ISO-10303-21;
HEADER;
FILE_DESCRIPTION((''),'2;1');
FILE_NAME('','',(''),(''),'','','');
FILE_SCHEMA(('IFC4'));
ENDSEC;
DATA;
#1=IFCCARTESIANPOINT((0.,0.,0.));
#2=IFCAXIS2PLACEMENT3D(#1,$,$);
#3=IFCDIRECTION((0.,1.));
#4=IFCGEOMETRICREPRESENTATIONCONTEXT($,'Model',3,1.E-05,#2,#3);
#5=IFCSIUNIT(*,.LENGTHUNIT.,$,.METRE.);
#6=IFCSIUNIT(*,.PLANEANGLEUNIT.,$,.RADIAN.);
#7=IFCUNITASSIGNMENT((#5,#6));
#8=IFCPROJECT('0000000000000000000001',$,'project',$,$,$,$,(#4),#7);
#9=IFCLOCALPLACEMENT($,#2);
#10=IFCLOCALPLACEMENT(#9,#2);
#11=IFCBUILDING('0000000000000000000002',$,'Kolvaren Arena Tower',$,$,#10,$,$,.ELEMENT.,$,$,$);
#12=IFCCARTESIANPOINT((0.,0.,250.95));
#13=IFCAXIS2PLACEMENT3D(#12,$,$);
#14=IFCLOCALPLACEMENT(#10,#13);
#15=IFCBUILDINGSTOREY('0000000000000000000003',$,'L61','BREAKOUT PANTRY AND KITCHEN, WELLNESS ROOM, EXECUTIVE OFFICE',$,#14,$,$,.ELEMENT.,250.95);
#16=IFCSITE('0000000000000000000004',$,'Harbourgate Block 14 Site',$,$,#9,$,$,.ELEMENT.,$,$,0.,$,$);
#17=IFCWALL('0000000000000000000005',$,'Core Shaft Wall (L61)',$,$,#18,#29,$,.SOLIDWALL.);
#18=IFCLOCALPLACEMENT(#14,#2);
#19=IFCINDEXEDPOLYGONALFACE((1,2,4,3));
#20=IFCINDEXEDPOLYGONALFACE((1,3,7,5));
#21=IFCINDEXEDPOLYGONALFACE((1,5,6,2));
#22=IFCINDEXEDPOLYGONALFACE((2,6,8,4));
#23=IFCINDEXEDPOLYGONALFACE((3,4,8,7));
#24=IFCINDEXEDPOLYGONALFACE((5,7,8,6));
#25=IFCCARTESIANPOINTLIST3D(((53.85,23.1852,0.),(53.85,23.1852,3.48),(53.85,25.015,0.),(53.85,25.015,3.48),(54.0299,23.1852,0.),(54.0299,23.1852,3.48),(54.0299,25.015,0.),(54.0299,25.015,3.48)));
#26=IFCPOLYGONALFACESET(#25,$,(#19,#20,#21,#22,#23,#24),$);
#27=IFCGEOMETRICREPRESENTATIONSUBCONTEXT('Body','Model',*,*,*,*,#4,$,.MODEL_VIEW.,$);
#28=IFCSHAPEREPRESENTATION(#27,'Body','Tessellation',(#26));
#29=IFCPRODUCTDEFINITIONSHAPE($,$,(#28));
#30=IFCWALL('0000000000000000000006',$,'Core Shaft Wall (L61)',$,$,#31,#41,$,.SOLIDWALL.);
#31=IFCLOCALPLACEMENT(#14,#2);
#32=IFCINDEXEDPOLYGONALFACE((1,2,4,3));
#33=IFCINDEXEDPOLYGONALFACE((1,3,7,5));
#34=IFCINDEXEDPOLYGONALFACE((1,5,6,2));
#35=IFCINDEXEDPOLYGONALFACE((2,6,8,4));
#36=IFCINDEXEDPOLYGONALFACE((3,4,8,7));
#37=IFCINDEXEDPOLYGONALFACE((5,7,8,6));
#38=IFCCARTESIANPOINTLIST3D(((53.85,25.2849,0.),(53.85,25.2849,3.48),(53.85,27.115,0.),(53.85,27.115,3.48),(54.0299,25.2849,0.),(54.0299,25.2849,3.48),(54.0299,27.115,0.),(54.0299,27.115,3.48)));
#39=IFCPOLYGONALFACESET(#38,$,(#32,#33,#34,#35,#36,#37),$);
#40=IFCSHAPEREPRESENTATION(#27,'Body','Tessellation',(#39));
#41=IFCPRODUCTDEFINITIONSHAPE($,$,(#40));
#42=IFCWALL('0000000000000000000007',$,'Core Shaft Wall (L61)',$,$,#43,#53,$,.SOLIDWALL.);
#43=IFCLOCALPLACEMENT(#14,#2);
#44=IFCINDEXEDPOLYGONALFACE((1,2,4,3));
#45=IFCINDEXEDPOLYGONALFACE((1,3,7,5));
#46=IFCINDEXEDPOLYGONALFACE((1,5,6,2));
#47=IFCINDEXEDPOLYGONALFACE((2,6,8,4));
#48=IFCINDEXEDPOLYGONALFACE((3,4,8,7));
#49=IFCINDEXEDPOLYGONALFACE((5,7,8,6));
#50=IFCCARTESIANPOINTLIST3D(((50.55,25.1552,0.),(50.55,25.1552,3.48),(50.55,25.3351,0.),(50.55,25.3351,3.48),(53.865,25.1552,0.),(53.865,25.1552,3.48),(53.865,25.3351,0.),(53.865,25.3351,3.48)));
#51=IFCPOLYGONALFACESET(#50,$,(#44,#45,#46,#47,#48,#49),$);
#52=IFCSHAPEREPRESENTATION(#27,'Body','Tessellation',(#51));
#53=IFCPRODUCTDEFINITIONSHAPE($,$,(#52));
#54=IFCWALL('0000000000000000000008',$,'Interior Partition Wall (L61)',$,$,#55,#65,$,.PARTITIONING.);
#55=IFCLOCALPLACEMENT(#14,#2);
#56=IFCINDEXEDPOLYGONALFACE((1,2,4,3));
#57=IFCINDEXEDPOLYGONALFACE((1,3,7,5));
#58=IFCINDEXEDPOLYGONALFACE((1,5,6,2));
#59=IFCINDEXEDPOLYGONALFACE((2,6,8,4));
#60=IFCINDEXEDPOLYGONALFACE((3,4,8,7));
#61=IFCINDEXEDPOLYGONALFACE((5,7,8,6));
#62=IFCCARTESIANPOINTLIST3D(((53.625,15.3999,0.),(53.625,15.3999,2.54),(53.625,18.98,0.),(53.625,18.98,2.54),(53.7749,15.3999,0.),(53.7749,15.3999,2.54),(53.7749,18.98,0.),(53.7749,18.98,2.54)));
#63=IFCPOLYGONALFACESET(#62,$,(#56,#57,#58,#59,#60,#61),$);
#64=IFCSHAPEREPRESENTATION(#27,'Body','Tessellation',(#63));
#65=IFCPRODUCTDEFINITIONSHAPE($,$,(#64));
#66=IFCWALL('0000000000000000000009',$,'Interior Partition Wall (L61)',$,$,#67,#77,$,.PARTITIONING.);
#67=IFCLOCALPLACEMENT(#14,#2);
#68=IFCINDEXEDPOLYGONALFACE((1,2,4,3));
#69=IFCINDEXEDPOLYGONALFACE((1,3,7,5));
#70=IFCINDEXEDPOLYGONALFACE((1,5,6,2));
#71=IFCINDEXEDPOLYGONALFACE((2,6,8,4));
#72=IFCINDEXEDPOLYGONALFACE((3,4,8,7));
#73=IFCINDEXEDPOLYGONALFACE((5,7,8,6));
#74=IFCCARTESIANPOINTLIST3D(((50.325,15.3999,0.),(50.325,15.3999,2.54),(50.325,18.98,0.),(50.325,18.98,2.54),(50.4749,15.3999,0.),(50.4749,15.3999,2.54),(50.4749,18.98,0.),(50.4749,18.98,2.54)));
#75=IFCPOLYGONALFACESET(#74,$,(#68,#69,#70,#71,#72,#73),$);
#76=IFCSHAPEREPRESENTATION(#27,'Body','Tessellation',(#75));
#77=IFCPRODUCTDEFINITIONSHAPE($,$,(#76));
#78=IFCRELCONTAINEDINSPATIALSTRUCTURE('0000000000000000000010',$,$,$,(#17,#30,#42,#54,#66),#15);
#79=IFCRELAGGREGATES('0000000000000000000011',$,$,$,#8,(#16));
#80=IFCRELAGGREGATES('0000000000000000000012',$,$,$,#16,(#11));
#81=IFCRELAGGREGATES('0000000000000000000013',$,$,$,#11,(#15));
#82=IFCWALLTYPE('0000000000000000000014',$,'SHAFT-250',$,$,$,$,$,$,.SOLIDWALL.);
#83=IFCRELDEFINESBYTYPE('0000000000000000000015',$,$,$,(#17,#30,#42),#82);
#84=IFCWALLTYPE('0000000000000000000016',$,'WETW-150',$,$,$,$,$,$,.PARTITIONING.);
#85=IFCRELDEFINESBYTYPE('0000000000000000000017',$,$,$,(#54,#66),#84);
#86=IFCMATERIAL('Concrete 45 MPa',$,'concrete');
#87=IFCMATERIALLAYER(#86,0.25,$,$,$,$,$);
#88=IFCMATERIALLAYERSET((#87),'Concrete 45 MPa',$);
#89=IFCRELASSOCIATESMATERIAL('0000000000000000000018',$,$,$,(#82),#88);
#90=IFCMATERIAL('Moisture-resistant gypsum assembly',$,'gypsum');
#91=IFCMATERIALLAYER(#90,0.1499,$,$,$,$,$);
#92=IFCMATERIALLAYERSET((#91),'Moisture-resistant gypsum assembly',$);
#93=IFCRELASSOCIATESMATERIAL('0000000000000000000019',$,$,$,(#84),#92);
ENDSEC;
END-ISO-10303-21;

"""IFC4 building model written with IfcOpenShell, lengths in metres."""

from ifc_helpers import new_model, si_unit, direction, frame, frame_2d, origin, place, context, subcontext, project, spatial, rectangle, extrude, material, layer, layer_set, type_object, element, save


model = new_model("IFC4")

# Units and contexts
model_context = context("Model", 3, precision=1e-05, world=origin(), true_north=direction((0.0, 1.0)))
body_context = subcontext(model_context, "Body", "Model", "MODEL_VIEW")
ifc_project = project(units=[si_unit("LENGTHUNIT", "METRE"), si_unit("PLANEANGLEUNIT", "RADIAN")], contexts=[model_context])

# Site, building, storey
site_placement = place(None, origin())
site = spatial("IfcSite", under=ifc_project, at=site_placement, Name="Harbourgate Block 14 Site", CompositionType="ELEMENT", RefElevation=0.0)
building_placement = place(site_placement, origin())
building = spatial("IfcBuilding", under=site, at=building_placement, Name="Kolvaren Arena Tower", CompositionType="ELEMENT")
storey_placement = place(building_placement, frame((0.0, 0.0, 250.95)))
storey = spatial("IfcBuildingStorey", under=building, at=storey_placement, Name="L61", Description="BREAKOUT PANTRY AND KITCHEN, WELLNESS ROOM, EXECUTIVE OFFICE", CompositionType="ELEMENT", Elevation=250.95)

# Shared definitions
ifc_material_1 = material(Name="Concrete 45 MPa", Category="concrete")
ifc_layer_1 = layer(ifc_material_1, 0.25)
ifc_layer_set_1 = layer_set([ifc_layer_1], Name="Concrete 45 MPa")
wall_type_1 = type_object("IfcWallType", Name="SHAFT-250", PredefinedType="SOLIDWALL", material=ifc_layer_set_1)

# Walls
wall_1_placement = place(storey_placement, frame((53.9399, 23.1851, 0.0), z_axis=(0.0, 0.0, 1.0), x_axis=(0.0, 1.0, 0.0)))
element("IfcWall", 1, at=wall_1_placement, inside=storey, type_object=wall_type_1, Name="Core Shaft Wall (L61)", PredefinedType="SOLIDWALL", context=body_context, shape_type="SweptSolid", body=[
    extrude(rectangle(XDim=1.8298, YDim=0.1799, at=frame_2d((0.915, 0.0))), origin(), (0.0, 0.0, 1.0), 3.48),
])
wall_2_placement = place(storey_placement, frame((53.9399, 25.2849, 0.0), z_axis=(0.0, 0.0, 1.0), x_axis=(0.0, 1.0, 0.0)))
element("IfcWall", 2, at=wall_2_placement, inside=storey, type_object=wall_type_1, Name="Core Shaft Wall (L61)", PredefinedType="SOLIDWALL", context=body_context, shape_type="SweptSolid", body=[
    extrude(rectangle(XDim=1.8301, YDim=0.1799, at=frame_2d((0.915, 0.0))), origin(), (0.0, 0.0, 1.0), 3.48),
])
wall_3_placement = place(storey_placement, frame((50.55, 25.2451, 0.0), z_axis=(0.0, 0.0, 1.0), x_axis=(1.0, 0.0, 0.0)))
element("IfcWall", 3, at=wall_3_placement, inside=storey, type_object=wall_type_1, Name="Core Shaft Wall (L61)", PredefinedType="SOLIDWALL", context=body_context, shape_type="SweptSolid", body=[
    extrude(rectangle(XDim=3.3149, YDim=0.1799, at=frame_2d((1.6575, 0.0))), origin(), (0.0, 0.0, 1.0), 3.48),
])
ifc_material_2 = material(Name="Moisture-resistant gypsum assembly", Category="gypsum")
ifc_layer_2 = layer(ifc_material_2, 0.1499)
ifc_layer_set_2 = layer_set([ifc_layer_2], Name="Moisture-resistant gypsum assembly")
wall_type_2 = type_object("IfcWallType", Name="WETW-150", PredefinedType="PARTITIONING", material=ifc_layer_set_2)
for number, where, z_axis, x_axis, name in (
    (4, (53.7, 15.3999, 0.0), (0.0, 0.0, 1.0), (0.0, 1.0, 0.0), "Interior Partition Wall (L61)"),
    (5, (50.3999, 15.3999, 0.0), (0.0, 0.0, 1.0), (0.0, 1.0, 0.0), "Interior Partition Wall (L61)"),
):
    element("IfcWall", number, at=place(storey_placement, frame(where, z_axis=z_axis, x_axis=x_axis)), inside=storey, type_object=wall_type_2, Name=name, PredefinedType="PARTITIONING", context=body_context, shape_type="SweptSolid", body=[
        extrude(rectangle(XDim=3.5801, YDim=0.1499, at=frame_2d((1.79, 0.0))), origin(), (0.0, 0.0, 1.0), 2.54),
    ])

save(model, "model.ifc")
